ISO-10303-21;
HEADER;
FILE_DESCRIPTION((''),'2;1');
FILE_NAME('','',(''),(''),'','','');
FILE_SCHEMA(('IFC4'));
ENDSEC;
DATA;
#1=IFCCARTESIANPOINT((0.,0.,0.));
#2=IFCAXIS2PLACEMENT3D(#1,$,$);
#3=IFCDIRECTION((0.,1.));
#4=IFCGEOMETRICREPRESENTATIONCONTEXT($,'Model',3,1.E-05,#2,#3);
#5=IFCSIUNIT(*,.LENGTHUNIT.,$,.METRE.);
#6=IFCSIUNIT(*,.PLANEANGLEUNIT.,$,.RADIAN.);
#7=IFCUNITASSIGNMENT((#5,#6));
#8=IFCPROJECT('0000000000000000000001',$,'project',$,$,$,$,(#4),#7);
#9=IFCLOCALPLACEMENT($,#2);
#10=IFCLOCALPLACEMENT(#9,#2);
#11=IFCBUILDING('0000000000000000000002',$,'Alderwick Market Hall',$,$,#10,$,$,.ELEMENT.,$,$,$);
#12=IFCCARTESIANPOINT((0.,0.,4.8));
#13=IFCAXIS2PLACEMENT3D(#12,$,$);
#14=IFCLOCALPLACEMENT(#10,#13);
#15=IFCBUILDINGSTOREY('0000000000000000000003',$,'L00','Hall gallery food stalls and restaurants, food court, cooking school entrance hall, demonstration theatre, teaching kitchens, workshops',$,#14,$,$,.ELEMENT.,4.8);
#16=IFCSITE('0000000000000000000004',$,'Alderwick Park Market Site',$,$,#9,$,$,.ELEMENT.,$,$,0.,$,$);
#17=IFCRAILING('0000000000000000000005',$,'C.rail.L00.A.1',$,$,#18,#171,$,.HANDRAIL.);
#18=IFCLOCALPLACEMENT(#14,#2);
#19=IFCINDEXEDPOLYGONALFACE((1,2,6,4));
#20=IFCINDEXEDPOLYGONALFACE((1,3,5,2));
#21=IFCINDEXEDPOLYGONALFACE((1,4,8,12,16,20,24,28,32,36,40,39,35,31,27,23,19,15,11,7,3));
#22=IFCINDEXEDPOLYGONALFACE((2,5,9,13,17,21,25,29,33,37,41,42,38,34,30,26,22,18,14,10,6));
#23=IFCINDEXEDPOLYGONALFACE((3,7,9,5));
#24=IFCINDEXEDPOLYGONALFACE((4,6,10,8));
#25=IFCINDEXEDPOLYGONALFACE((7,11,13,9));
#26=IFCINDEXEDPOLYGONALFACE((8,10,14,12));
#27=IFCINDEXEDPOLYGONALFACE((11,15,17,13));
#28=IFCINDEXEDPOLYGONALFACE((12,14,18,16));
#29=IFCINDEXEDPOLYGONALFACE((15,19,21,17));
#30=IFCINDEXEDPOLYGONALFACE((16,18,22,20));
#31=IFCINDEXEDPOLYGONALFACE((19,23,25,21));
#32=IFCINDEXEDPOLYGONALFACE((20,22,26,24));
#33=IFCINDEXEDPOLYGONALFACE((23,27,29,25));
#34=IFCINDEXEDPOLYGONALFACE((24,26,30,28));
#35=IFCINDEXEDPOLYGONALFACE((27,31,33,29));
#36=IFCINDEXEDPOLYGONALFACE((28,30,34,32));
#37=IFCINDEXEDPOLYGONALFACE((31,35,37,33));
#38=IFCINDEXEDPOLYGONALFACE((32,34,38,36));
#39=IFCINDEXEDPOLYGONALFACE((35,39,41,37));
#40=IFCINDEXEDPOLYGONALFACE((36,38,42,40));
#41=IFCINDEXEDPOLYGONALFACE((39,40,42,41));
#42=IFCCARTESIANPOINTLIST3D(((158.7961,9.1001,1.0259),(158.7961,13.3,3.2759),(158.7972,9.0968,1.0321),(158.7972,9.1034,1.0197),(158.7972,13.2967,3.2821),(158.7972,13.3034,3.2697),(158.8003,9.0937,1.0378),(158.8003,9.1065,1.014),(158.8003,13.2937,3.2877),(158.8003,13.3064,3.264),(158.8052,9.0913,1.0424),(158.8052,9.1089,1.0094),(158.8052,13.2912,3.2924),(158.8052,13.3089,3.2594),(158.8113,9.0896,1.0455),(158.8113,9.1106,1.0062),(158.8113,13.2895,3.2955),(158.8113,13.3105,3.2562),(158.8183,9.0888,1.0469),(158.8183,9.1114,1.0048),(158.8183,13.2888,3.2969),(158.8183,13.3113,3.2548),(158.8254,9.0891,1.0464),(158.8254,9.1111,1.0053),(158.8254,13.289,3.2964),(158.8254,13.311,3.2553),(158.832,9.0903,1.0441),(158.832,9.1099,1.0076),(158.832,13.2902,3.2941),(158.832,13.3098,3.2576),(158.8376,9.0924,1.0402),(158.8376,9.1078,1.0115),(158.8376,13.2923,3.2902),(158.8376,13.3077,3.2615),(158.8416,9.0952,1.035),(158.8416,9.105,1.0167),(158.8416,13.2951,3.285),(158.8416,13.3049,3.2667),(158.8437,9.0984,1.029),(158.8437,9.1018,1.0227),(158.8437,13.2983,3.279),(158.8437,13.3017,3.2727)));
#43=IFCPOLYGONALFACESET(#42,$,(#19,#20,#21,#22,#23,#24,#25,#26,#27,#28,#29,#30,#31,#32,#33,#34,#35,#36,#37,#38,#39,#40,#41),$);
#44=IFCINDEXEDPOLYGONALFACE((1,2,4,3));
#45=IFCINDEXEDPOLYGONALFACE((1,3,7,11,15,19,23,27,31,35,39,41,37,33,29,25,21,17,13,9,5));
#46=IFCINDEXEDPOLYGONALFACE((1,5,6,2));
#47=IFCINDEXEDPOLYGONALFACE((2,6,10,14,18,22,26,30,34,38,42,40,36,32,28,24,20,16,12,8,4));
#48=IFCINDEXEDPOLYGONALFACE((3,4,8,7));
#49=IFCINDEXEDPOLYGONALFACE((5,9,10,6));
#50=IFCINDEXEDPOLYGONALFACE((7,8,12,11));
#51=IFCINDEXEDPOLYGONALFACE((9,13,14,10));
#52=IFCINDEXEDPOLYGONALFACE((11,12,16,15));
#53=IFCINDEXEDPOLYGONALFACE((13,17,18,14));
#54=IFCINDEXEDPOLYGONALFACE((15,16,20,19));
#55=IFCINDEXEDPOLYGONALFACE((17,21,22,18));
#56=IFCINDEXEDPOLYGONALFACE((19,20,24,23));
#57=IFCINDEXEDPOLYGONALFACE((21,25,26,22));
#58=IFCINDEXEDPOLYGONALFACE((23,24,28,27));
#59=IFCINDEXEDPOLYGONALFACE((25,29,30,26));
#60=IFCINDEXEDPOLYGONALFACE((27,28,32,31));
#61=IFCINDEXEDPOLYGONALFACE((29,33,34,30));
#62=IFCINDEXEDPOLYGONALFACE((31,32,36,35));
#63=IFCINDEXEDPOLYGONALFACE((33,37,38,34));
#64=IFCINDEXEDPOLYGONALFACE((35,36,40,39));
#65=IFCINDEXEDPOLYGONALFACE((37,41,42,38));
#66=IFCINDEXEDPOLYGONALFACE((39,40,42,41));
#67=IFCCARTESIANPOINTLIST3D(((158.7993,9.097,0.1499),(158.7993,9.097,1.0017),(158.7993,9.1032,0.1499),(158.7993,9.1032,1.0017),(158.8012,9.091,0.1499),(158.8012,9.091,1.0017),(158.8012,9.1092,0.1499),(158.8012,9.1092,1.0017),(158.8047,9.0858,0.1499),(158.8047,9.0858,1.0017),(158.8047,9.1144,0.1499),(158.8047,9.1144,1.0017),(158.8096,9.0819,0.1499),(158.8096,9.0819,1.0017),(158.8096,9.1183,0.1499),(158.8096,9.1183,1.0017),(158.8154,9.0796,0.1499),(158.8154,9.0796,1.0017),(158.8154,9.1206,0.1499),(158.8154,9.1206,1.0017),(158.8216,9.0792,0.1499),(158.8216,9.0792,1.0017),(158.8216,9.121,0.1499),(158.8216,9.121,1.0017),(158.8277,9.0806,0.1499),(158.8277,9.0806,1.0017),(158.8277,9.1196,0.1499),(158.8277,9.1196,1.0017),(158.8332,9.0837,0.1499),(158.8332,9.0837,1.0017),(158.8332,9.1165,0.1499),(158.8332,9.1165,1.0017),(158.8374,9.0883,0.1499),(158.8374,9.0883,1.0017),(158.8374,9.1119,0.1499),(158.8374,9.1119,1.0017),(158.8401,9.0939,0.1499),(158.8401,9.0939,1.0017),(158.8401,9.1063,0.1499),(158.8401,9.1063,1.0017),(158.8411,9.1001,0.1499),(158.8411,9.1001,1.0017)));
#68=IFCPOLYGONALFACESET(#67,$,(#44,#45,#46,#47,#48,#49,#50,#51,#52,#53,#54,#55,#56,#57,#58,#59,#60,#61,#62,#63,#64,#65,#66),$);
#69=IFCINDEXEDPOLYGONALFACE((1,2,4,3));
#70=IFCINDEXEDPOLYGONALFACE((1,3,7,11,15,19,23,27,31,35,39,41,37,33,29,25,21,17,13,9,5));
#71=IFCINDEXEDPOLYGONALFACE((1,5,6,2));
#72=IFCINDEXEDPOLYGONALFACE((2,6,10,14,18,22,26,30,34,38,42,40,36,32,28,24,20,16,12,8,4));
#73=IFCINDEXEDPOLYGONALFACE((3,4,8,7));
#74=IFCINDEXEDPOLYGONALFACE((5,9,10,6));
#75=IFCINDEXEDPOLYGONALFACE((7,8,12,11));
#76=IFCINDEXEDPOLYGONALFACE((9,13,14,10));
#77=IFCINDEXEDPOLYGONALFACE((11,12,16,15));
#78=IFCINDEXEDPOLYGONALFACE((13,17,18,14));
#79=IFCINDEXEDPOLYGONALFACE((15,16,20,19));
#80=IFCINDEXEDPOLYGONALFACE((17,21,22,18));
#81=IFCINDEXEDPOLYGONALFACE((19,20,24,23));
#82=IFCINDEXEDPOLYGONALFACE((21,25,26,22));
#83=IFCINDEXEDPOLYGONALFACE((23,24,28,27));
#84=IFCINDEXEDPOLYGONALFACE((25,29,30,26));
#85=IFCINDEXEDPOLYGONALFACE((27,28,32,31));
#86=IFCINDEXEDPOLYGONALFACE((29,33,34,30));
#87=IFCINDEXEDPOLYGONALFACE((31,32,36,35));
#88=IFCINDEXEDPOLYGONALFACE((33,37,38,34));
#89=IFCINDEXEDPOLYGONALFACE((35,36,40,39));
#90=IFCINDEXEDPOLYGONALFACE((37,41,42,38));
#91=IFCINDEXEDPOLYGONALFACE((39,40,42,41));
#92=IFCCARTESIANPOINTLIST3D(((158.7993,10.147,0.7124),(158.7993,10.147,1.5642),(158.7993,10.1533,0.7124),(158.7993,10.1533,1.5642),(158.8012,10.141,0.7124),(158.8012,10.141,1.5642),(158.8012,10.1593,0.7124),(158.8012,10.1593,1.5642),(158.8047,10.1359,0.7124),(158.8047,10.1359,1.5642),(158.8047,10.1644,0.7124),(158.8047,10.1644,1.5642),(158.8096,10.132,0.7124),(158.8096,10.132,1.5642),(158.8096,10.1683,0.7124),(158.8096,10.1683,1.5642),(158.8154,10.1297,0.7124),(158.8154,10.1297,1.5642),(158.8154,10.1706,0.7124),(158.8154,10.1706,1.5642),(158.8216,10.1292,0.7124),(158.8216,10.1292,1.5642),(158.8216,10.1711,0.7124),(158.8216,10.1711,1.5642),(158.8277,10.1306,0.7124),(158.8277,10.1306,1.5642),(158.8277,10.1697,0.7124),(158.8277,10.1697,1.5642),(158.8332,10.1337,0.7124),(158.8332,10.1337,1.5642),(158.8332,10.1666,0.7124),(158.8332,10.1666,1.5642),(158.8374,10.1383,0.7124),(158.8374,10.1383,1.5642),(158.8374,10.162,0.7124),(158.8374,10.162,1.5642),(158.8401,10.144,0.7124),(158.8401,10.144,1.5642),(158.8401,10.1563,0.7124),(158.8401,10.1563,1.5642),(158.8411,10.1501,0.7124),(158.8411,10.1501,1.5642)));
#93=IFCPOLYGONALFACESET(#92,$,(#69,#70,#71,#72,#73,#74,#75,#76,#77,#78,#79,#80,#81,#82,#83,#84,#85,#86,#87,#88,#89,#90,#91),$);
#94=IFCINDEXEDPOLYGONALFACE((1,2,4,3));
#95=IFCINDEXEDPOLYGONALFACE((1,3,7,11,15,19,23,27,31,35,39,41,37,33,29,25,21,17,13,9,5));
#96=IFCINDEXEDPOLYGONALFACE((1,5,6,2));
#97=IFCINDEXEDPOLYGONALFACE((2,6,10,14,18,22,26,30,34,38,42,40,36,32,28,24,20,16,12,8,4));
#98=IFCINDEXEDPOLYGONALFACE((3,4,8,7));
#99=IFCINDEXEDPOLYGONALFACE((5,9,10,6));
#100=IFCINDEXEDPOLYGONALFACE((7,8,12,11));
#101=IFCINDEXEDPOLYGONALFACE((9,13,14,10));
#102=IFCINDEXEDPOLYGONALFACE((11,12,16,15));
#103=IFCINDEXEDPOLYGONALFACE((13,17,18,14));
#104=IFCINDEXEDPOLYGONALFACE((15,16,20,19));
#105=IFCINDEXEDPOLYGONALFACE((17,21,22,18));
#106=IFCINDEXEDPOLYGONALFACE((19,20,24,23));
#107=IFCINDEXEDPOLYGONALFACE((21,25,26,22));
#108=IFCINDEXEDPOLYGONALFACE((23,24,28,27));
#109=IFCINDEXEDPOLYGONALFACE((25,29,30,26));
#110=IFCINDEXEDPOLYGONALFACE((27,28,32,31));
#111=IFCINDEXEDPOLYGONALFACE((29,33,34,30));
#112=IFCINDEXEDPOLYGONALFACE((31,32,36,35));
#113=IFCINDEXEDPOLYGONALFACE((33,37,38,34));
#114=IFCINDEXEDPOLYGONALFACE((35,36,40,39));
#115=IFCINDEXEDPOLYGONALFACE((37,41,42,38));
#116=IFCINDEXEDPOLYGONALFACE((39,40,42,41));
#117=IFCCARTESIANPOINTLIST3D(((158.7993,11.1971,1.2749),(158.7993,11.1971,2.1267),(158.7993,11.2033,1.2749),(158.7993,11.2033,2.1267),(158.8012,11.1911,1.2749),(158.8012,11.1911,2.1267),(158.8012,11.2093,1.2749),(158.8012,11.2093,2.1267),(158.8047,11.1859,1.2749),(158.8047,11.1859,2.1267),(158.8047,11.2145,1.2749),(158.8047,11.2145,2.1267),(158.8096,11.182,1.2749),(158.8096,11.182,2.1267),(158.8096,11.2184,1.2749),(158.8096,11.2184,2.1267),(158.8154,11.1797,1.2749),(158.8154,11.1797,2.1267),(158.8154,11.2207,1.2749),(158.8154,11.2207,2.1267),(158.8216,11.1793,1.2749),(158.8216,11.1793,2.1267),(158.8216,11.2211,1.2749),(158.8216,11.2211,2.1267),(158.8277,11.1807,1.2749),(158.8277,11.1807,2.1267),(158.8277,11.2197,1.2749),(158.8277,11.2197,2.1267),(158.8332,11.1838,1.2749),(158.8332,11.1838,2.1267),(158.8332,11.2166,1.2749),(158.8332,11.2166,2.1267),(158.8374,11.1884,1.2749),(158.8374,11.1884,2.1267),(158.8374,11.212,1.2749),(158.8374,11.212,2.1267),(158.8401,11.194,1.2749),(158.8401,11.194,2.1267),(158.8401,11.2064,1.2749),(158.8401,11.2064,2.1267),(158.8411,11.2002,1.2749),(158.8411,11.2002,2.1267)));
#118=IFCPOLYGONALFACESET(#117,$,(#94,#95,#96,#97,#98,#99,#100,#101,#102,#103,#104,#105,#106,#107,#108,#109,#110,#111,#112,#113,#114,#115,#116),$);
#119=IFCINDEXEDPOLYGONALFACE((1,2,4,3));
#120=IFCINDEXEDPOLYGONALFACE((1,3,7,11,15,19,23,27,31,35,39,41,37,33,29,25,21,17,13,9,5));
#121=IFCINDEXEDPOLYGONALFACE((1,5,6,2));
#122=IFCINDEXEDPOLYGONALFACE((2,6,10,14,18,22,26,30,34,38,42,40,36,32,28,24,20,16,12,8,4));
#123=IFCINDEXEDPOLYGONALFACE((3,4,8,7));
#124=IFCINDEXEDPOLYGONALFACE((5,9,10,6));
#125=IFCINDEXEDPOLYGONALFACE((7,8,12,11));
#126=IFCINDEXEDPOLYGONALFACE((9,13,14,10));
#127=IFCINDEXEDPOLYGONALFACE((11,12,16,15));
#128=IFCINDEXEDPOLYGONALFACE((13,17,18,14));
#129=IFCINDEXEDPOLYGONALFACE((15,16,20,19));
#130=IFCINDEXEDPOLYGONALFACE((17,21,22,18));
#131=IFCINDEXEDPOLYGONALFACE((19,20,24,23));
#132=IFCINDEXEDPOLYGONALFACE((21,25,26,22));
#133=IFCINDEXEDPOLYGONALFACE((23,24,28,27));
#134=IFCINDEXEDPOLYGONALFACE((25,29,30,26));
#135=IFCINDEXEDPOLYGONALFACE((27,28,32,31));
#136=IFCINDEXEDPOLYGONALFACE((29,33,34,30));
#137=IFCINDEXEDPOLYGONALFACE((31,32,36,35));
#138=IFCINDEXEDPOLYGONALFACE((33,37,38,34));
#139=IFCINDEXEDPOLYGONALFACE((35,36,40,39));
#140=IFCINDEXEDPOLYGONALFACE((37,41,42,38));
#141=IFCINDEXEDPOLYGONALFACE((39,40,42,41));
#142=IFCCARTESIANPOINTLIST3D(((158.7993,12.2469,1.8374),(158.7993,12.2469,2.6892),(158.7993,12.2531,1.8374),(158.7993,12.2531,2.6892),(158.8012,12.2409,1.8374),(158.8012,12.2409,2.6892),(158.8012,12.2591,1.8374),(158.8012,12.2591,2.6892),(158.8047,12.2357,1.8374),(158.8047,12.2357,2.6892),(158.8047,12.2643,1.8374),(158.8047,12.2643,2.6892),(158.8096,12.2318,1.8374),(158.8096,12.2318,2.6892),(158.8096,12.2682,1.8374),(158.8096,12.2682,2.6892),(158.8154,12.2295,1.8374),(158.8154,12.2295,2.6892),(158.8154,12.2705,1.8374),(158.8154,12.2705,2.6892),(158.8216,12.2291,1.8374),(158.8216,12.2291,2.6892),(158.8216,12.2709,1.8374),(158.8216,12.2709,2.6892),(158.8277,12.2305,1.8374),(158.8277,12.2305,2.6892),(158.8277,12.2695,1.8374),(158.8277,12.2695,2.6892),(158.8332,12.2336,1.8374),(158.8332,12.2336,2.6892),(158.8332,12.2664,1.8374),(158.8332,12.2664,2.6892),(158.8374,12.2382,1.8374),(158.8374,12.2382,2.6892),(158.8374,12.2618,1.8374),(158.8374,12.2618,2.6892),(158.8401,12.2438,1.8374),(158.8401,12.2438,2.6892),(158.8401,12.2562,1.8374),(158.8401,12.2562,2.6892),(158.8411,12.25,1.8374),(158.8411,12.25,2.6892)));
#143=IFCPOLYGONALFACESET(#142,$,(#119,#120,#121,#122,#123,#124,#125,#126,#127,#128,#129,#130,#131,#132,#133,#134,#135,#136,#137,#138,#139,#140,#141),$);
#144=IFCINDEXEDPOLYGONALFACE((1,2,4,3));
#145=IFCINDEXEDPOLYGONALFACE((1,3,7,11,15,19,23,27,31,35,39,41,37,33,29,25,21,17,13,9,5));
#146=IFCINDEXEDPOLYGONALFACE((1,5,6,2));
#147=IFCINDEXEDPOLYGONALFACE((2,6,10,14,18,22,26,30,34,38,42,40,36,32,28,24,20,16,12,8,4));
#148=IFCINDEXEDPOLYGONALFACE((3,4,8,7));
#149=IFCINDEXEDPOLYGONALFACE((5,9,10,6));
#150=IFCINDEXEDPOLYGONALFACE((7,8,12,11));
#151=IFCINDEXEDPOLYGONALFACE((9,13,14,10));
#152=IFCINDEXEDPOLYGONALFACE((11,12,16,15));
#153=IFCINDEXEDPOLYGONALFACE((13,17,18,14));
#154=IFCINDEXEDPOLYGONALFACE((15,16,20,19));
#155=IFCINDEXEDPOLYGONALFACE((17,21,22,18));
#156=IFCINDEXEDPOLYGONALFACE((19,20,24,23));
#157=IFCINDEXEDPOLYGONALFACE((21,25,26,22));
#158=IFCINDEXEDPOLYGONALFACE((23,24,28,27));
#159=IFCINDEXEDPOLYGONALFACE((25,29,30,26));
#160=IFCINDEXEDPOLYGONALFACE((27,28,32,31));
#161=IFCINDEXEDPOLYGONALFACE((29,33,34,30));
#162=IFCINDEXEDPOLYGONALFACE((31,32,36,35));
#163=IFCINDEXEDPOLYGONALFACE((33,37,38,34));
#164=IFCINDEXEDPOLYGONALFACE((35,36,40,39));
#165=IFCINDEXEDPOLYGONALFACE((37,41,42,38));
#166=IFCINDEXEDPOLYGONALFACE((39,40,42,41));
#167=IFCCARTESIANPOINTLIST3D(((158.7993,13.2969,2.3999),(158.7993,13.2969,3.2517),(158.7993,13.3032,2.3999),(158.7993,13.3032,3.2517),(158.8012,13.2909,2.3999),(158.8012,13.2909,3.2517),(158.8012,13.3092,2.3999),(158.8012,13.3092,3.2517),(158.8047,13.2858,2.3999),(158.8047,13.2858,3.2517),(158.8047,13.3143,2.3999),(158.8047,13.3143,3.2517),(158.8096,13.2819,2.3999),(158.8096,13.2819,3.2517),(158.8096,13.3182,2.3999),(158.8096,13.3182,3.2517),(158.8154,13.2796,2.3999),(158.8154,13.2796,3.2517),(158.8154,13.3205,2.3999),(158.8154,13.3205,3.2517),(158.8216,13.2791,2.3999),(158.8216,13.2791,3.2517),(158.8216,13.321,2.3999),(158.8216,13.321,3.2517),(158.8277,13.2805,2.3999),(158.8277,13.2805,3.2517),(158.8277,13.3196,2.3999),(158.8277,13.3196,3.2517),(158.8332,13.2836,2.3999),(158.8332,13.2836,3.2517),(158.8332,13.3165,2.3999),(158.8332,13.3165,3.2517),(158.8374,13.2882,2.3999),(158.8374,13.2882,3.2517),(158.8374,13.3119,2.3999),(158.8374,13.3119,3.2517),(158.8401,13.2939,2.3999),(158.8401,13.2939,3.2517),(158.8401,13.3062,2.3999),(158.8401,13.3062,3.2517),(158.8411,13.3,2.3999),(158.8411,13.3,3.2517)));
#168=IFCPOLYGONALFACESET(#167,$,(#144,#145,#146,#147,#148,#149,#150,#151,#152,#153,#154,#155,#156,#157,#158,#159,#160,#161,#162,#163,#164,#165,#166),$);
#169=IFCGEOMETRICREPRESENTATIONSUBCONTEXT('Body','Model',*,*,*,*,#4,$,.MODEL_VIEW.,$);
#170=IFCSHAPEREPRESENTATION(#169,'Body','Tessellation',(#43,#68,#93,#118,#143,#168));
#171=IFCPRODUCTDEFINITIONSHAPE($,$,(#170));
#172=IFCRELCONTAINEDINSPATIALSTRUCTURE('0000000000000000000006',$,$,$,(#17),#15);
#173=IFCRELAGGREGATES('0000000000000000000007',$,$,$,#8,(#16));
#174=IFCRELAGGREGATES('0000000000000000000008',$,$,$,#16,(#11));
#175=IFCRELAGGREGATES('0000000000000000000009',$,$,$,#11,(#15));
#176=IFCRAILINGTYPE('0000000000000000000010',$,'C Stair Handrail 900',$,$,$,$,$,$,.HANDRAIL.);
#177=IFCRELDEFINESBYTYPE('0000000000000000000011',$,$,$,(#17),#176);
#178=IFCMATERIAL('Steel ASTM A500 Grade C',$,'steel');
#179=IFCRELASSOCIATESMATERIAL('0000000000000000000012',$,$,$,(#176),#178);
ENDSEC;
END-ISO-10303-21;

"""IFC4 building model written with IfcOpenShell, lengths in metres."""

from ifc_helpers import new_model, si_unit, direction, frame, origin, origin_2d, place, context, subcontext, project, spatial, circle, extrude, material, type_object, element, save


model = new_model("IFC4")

# Units and contexts
model_context = context("Model", 3, precision=1e-05, world=origin(), true_north=direction((0.0, 1.0)))
body_context = subcontext(model_context, "Body", "Model", "MODEL_VIEW")
ifc_project = project(units=[si_unit("LENGTHUNIT", "METRE"), si_unit("PLANEANGLEUNIT", "RADIAN")], contexts=[model_context])

# Site, building, storey
site_placement = place(None, origin())
site = spatial("IfcSite", under=ifc_project, at=site_placement, Name="Alderwick Park Market Site", CompositionType="ELEMENT", RefElevation=0.0)
building_placement = place(site_placement, origin())
building = spatial("IfcBuilding", under=site, at=building_placement, Name="Alderwick Market Hall", CompositionType="ELEMENT")
storey_placement = place(building_placement, frame((0.0, 0.0, 4.8)))
storey = spatial("IfcBuildingStorey", under=building, at=storey_placement, Name="L00", Description="Hall gallery food stalls and restaurants, food court, cooking school entrance hall, demonstration theatre, teaching kitchens, workshops", CompositionType="ELEMENT", Elevation=4.8)

# Railing
ifc_material_1 = material(Name="Steel ASTM A500 Grade C", Category="steel")
railing_type_1 = type_object("IfcRailingType", Name="C Stair Handrail 900", PredefinedType="HANDRAIL", material=ifc_material_1)
for number, where, name in (
    (1, (158.8201, 9.1001, 0.1499), "C.rail.L00.A.1"),
):
    element("IfcRailing", number, at=place(storey_placement, frame(where)), inside=storey, type_object=railing_type_1, Name=name, PredefinedType="HANDRAIL", context=body_context, shape_type="SweptSolid", body=[
        extrude(circle(Radius=0.0239, at=origin_2d()), frame((0.0, 0.0, 0.876), z_axis=(0.0, 0.881478, 0.472226), x_axis=(-1.0, 0.0, 0.0)), (0.0, 0.0, 1.0), 4.7646),
        extrude(circle(Radius=0.021, at=origin_2d()), origin(), (0.0, 0.0, 1.0), 0.8518),
        extrude(circle(Radius=0.021, at=origin_2d()), frame((0.0, 1.05, 0.5625)), (0.0, 0.0, 1.0), 0.8518),
        extrude(circle(Radius=0.021, at=origin_2d()), frame((0.0, 2.1001, 1.125)), (0.0, 0.0, 1.0), 0.8518),
        extrude(circle(Radius=0.021, at=origin_2d()), frame((0.0, 3.1499, 1.6875)), (0.0, 0.0, 1.0), 0.8518),
        extrude(circle(Radius=0.021, at=origin_2d()), frame((0.0, 4.2, 2.25)), (0.0, 0.0, 1.0), 0.8518),
    ])

save(model, "model.ifc")
